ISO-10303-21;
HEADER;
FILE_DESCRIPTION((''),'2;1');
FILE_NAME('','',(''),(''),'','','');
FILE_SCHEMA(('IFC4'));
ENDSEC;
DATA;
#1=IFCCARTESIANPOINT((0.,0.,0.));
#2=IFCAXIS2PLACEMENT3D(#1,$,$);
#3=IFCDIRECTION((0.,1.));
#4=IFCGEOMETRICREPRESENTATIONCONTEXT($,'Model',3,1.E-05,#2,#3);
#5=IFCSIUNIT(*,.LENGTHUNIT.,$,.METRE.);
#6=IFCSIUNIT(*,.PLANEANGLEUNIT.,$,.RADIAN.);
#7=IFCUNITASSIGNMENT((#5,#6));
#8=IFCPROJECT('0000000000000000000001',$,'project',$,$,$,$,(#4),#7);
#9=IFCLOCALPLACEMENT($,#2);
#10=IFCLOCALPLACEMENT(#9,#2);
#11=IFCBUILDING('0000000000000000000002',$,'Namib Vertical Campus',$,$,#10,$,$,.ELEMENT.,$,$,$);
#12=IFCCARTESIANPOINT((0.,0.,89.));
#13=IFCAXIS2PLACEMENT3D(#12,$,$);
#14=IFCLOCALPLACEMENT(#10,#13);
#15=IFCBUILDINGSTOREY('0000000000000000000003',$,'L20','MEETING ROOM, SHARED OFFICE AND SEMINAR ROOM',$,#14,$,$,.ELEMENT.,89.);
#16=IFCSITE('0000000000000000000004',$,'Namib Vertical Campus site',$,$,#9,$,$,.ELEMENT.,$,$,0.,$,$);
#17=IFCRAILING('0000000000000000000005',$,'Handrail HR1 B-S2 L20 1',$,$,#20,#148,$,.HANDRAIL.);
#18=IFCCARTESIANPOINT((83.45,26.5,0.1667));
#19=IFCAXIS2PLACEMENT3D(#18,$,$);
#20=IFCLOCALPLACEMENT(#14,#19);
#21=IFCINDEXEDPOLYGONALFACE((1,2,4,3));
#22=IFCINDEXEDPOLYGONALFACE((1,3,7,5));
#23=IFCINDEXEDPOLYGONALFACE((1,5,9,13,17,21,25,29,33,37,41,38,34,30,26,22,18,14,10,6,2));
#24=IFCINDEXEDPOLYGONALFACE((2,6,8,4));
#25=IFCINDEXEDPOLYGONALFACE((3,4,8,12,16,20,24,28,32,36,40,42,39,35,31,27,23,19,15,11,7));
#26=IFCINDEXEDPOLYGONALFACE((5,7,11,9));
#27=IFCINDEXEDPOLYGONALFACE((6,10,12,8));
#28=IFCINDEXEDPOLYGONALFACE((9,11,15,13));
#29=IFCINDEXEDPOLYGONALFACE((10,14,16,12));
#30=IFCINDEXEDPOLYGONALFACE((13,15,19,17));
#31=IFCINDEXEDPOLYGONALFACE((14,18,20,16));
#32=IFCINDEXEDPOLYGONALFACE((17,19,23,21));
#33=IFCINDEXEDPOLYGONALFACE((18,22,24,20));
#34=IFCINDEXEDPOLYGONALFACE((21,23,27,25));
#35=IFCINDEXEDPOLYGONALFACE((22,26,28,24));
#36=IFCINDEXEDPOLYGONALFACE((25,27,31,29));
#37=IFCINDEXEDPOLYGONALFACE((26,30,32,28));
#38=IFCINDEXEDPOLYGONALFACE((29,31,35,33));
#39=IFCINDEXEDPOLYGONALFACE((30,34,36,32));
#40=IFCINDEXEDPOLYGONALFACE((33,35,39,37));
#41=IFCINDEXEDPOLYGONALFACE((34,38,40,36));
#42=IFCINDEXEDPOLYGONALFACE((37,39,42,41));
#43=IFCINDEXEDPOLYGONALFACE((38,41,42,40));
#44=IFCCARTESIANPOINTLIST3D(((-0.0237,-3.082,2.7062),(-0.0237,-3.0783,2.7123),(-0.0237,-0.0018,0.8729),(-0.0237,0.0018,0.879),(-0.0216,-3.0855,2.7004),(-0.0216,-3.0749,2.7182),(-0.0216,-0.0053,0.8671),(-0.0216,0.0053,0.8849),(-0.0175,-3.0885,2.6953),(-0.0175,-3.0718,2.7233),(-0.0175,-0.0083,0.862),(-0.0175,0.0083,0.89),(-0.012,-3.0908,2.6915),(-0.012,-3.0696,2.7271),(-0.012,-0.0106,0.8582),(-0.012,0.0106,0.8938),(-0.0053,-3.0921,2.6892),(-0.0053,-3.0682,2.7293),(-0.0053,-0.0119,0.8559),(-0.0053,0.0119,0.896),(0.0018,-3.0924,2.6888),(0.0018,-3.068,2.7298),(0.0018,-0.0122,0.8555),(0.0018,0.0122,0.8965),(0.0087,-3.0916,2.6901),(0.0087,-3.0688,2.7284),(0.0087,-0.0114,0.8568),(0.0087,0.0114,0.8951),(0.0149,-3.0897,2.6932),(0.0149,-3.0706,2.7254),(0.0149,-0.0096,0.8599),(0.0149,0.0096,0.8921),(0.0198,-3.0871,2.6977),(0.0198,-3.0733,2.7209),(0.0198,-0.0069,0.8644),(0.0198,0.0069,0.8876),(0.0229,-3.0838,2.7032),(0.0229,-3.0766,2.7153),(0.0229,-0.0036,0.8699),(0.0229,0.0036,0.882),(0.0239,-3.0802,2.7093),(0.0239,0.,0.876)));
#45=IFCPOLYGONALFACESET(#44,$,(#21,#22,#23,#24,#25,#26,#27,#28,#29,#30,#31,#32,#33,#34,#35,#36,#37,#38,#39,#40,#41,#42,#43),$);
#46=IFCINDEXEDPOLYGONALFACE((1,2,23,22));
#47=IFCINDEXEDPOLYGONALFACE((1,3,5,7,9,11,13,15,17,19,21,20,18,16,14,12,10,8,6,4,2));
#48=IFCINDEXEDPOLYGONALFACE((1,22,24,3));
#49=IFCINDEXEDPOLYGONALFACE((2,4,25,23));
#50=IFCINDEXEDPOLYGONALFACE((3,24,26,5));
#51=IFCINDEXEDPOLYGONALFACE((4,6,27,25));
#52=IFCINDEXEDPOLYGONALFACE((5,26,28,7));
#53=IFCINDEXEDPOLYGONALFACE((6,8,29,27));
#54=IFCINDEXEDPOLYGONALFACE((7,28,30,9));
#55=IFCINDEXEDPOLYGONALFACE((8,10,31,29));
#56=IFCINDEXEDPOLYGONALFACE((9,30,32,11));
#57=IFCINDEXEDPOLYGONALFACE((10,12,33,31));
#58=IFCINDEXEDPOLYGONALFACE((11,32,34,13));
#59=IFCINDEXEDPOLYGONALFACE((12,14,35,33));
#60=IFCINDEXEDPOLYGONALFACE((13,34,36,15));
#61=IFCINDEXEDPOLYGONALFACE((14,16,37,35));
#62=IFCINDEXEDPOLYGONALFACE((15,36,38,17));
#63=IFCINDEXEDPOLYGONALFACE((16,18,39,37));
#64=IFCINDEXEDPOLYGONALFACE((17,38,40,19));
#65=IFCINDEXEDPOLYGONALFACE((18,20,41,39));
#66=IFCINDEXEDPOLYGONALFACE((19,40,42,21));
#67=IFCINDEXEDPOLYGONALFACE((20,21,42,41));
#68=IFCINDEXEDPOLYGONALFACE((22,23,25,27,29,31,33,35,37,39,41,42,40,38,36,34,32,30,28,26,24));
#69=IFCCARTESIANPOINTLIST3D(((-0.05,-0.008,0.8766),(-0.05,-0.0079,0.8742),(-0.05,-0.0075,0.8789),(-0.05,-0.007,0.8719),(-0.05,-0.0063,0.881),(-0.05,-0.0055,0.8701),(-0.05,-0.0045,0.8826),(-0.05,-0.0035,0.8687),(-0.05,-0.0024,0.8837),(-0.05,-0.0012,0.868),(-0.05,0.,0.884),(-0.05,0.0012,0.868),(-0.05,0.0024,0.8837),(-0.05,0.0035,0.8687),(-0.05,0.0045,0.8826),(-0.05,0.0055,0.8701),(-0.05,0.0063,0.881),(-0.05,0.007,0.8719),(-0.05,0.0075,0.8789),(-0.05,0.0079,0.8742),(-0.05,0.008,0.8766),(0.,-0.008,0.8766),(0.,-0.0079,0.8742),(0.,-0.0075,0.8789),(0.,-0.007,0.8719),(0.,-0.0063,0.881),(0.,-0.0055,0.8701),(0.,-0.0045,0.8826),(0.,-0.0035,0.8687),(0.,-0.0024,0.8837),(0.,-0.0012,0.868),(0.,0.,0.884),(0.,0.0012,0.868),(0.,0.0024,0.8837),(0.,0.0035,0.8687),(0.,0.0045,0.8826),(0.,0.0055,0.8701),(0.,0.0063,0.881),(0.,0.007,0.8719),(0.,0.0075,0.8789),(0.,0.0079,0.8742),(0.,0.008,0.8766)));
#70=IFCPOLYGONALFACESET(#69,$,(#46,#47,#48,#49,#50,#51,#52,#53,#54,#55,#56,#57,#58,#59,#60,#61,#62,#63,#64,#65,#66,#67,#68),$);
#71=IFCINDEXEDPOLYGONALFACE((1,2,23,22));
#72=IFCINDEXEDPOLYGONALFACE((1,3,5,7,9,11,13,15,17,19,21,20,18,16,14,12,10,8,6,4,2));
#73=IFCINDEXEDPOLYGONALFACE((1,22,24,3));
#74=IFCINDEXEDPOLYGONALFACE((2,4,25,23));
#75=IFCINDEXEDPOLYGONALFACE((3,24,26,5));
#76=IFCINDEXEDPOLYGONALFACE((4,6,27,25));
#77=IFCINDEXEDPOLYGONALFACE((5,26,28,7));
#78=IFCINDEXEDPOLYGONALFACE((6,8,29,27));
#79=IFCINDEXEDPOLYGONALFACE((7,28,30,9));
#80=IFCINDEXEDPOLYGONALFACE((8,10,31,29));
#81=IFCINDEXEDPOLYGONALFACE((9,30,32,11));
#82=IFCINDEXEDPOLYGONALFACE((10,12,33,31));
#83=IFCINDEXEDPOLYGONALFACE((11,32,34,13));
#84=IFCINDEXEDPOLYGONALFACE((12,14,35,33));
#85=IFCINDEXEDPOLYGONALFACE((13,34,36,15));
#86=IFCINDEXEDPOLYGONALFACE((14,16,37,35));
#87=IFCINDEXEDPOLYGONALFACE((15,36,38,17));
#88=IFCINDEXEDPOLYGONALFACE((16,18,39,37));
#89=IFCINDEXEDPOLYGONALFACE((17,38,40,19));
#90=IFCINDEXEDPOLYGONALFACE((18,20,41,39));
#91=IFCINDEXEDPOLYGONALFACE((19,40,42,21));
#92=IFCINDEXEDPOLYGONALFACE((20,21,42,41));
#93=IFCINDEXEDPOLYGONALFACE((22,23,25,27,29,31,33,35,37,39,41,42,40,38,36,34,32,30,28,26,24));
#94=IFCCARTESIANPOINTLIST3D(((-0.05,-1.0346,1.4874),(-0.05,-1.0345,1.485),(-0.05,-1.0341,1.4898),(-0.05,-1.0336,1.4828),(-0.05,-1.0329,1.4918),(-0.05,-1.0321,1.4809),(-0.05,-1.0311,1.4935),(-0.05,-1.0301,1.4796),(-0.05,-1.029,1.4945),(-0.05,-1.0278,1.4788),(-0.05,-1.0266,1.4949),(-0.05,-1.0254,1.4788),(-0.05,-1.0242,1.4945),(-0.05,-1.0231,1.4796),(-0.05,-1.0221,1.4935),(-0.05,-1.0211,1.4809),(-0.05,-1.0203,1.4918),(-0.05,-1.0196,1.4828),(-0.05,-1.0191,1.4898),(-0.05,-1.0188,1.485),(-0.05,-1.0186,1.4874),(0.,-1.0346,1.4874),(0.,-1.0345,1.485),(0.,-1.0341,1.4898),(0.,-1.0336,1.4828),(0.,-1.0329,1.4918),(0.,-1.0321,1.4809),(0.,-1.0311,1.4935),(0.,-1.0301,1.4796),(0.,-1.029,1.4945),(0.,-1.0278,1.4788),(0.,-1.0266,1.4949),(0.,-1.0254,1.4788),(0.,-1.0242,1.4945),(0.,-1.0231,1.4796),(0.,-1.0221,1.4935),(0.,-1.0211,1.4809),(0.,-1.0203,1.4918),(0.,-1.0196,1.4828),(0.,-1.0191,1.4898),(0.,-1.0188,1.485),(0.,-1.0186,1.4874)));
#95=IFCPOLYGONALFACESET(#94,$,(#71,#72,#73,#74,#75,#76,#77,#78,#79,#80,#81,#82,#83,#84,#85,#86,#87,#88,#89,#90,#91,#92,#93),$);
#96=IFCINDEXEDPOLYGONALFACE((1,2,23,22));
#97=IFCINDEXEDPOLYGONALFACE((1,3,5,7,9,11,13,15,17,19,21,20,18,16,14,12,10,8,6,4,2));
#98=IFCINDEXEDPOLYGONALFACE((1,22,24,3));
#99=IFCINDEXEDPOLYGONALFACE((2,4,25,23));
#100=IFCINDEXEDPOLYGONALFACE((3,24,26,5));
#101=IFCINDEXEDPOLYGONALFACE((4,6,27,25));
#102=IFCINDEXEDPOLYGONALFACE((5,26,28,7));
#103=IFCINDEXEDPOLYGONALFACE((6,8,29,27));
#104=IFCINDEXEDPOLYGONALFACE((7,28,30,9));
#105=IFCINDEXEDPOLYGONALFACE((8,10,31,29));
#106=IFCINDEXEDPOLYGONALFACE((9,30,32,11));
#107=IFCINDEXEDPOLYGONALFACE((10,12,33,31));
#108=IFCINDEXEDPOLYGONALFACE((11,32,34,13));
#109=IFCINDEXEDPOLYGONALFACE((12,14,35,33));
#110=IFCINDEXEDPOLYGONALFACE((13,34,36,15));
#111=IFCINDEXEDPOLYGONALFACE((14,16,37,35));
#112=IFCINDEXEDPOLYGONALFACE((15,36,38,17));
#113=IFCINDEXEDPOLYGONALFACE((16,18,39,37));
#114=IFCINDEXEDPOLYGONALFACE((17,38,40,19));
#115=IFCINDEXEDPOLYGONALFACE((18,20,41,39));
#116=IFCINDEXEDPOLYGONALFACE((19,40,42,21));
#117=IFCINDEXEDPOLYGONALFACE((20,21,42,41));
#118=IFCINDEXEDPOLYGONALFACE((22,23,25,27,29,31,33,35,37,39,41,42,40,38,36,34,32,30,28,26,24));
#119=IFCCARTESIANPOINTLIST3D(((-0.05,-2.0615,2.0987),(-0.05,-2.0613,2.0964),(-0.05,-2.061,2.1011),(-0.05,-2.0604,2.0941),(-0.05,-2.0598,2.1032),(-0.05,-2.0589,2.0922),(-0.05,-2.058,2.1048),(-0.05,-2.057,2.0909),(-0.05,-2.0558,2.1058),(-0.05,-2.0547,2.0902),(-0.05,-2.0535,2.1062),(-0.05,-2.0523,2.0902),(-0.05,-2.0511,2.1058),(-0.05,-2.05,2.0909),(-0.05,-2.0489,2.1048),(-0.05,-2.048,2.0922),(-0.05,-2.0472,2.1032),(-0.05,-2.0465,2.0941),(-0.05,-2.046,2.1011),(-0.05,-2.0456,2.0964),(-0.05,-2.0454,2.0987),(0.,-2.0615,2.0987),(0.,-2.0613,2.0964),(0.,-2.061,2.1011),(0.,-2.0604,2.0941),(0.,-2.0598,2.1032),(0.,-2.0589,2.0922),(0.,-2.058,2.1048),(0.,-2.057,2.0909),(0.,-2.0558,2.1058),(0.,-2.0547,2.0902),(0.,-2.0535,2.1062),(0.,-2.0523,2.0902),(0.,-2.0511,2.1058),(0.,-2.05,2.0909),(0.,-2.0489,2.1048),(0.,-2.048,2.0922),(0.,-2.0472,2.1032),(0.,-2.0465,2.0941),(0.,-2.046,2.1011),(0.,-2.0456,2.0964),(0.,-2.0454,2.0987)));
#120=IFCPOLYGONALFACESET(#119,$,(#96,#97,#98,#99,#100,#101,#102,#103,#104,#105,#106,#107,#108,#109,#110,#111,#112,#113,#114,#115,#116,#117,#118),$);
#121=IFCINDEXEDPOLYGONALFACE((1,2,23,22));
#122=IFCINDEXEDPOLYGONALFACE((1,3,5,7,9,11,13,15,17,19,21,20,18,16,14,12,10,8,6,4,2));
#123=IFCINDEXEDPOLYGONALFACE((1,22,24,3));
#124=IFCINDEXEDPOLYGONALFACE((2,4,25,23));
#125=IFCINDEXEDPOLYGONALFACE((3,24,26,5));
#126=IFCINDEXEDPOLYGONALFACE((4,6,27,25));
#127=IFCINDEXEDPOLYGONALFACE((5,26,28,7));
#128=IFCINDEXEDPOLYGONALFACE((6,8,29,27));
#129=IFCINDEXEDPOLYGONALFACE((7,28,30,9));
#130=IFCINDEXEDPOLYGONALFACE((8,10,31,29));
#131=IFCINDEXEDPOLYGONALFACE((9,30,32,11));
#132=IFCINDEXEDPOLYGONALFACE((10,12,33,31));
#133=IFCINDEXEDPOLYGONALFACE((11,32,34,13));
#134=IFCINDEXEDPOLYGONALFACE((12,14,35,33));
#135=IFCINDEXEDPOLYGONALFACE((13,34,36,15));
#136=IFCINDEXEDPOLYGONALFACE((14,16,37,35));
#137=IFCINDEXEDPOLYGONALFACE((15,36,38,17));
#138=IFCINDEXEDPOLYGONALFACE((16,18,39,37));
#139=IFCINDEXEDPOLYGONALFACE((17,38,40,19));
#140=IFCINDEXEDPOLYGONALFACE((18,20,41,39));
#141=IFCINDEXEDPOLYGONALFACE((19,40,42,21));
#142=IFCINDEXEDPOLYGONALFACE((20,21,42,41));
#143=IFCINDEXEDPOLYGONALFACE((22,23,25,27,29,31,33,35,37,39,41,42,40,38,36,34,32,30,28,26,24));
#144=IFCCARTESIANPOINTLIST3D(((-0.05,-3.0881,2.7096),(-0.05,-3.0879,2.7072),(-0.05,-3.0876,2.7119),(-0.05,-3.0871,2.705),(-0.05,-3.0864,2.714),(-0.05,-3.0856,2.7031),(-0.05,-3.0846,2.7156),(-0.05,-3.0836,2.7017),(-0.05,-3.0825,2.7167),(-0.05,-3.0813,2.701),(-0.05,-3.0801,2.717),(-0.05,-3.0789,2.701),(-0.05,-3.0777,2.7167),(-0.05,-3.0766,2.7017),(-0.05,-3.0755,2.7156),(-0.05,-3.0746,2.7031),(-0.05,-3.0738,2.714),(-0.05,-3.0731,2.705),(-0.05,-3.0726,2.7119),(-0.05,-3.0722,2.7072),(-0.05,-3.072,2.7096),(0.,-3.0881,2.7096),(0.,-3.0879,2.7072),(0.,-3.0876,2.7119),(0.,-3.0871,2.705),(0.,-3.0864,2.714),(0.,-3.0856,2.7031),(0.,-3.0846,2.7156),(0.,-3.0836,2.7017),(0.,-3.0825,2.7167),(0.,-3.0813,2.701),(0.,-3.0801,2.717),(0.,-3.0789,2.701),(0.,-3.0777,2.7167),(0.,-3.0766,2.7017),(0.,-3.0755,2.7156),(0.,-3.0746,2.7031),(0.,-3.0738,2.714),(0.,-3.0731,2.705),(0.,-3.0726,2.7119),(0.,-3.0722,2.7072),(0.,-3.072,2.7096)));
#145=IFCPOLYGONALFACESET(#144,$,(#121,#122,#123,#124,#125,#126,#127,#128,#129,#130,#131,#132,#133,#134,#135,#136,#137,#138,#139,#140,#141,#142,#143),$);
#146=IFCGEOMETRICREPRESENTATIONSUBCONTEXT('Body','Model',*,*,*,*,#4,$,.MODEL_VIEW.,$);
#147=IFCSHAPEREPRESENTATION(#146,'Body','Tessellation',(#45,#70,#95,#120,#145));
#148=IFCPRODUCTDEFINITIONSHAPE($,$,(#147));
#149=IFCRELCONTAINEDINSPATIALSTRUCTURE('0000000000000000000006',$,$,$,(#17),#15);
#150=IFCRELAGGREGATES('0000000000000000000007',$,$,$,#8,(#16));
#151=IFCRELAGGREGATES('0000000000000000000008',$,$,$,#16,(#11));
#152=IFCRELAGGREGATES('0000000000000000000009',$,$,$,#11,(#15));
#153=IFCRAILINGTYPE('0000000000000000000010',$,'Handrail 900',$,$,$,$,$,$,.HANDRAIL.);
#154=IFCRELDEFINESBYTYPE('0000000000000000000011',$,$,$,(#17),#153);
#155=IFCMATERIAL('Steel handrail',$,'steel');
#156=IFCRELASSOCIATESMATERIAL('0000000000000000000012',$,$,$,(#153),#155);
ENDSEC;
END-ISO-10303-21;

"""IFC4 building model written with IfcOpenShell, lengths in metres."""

from ifc_helpers import new_model, si_unit, direction, frame, origin, origin_2d, place, context, subcontext, project, spatial, circle, extrude, material, type_object, element, save


model = new_model("IFC4")

# Units and contexts
model_context = context("Model", 3, precision=1e-05, world=origin(), true_north=direction((0.0, 1.0)))
body_context = subcontext(model_context, "Body", "Model", "MODEL_VIEW")
ifc_project = project(units=[si_unit("LENGTHUNIT", "METRE"), si_unit("PLANEANGLEUNIT", "RADIAN")], contexts=[model_context])

# Site, building, storey
site_placement = place(None, origin())
site = spatial("IfcSite", under=ifc_project, at=site_placement, Name="Namib Vertical Campus site", CompositionType="ELEMENT", RefElevation=0.0)
building_placement = place(site_placement, origin())
building = spatial("IfcBuilding", under=site, at=building_placement, Name="Namib Vertical Campus", CompositionType="ELEMENT")
storey_placement = place(building_placement, frame((0.0, 0.0, 89.0)))
storey = spatial("IfcBuildingStorey", under=building, at=storey_placement, Name="L20", Description="MEETING ROOM, SHARED OFFICE AND SEMINAR ROOM", CompositionType="ELEMENT", Elevation=89.0)

# Railing
ifc_material_1 = material(Name="Steel handrail", Category="steel")
railing_type_1 = type_object("IfcRailingType", Name="Handrail 900", PredefinedType="HANDRAIL", material=ifc_material_1)
railing_1_placement = place(storey_placement, frame((83.45, 26.5, 0.1667)))
element("IfcRailing", 1, at=railing_1_placement, inside=storey, type_object=railing_type_1, Name="Handrail HR1 B-S2 L20 1", PredefinedType="HANDRAIL", context=body_context, shape_type="SweptSolid", body=[
    extrude(circle(Radius=0.0239, at=origin_2d()), frame((0.0, 0.0, 0.876), z_axis=(0.0, -0.859309, 0.511458), x_axis=(1.0, 0.0, 0.0)), (0.0, 0.0, 1.0), 3.5845),
    extrude(circle(Radius=0.0081, at=origin_2d()), frame((0.0, 0.0, 0.876), z_axis=(-1.0, 0.0, 0.0), x_axis=(0.0, 0.0, 1.0)), (0.0, 0.0, 1.0), 0.05),
    extrude(circle(Radius=0.0081, at=origin_2d()), frame((0.0, -1.0266, 1.4868), z_axis=(-1.0, 0.0, 0.0), x_axis=(0.0, 0.0, 1.0)), (0.0, 0.0, 1.0), 0.05),
    extrude(circle(Radius=0.0081, at=origin_2d()), frame((0.0, -2.0535, 2.0981), z_axis=(-1.0, 0.0, 0.0), x_axis=(0.0, 0.0, 1.0)), (0.0, 0.0, 1.0), 0.05),
    extrude(circle(Radius=0.0081, at=origin_2d()), frame((0.0, -3.0801, 2.709), z_axis=(-1.0, 0.0, 0.0), x_axis=(0.0, 0.0, 1.0)), (0.0, 0.0, 1.0), 0.05),
])

save(model, "model.ifc")
